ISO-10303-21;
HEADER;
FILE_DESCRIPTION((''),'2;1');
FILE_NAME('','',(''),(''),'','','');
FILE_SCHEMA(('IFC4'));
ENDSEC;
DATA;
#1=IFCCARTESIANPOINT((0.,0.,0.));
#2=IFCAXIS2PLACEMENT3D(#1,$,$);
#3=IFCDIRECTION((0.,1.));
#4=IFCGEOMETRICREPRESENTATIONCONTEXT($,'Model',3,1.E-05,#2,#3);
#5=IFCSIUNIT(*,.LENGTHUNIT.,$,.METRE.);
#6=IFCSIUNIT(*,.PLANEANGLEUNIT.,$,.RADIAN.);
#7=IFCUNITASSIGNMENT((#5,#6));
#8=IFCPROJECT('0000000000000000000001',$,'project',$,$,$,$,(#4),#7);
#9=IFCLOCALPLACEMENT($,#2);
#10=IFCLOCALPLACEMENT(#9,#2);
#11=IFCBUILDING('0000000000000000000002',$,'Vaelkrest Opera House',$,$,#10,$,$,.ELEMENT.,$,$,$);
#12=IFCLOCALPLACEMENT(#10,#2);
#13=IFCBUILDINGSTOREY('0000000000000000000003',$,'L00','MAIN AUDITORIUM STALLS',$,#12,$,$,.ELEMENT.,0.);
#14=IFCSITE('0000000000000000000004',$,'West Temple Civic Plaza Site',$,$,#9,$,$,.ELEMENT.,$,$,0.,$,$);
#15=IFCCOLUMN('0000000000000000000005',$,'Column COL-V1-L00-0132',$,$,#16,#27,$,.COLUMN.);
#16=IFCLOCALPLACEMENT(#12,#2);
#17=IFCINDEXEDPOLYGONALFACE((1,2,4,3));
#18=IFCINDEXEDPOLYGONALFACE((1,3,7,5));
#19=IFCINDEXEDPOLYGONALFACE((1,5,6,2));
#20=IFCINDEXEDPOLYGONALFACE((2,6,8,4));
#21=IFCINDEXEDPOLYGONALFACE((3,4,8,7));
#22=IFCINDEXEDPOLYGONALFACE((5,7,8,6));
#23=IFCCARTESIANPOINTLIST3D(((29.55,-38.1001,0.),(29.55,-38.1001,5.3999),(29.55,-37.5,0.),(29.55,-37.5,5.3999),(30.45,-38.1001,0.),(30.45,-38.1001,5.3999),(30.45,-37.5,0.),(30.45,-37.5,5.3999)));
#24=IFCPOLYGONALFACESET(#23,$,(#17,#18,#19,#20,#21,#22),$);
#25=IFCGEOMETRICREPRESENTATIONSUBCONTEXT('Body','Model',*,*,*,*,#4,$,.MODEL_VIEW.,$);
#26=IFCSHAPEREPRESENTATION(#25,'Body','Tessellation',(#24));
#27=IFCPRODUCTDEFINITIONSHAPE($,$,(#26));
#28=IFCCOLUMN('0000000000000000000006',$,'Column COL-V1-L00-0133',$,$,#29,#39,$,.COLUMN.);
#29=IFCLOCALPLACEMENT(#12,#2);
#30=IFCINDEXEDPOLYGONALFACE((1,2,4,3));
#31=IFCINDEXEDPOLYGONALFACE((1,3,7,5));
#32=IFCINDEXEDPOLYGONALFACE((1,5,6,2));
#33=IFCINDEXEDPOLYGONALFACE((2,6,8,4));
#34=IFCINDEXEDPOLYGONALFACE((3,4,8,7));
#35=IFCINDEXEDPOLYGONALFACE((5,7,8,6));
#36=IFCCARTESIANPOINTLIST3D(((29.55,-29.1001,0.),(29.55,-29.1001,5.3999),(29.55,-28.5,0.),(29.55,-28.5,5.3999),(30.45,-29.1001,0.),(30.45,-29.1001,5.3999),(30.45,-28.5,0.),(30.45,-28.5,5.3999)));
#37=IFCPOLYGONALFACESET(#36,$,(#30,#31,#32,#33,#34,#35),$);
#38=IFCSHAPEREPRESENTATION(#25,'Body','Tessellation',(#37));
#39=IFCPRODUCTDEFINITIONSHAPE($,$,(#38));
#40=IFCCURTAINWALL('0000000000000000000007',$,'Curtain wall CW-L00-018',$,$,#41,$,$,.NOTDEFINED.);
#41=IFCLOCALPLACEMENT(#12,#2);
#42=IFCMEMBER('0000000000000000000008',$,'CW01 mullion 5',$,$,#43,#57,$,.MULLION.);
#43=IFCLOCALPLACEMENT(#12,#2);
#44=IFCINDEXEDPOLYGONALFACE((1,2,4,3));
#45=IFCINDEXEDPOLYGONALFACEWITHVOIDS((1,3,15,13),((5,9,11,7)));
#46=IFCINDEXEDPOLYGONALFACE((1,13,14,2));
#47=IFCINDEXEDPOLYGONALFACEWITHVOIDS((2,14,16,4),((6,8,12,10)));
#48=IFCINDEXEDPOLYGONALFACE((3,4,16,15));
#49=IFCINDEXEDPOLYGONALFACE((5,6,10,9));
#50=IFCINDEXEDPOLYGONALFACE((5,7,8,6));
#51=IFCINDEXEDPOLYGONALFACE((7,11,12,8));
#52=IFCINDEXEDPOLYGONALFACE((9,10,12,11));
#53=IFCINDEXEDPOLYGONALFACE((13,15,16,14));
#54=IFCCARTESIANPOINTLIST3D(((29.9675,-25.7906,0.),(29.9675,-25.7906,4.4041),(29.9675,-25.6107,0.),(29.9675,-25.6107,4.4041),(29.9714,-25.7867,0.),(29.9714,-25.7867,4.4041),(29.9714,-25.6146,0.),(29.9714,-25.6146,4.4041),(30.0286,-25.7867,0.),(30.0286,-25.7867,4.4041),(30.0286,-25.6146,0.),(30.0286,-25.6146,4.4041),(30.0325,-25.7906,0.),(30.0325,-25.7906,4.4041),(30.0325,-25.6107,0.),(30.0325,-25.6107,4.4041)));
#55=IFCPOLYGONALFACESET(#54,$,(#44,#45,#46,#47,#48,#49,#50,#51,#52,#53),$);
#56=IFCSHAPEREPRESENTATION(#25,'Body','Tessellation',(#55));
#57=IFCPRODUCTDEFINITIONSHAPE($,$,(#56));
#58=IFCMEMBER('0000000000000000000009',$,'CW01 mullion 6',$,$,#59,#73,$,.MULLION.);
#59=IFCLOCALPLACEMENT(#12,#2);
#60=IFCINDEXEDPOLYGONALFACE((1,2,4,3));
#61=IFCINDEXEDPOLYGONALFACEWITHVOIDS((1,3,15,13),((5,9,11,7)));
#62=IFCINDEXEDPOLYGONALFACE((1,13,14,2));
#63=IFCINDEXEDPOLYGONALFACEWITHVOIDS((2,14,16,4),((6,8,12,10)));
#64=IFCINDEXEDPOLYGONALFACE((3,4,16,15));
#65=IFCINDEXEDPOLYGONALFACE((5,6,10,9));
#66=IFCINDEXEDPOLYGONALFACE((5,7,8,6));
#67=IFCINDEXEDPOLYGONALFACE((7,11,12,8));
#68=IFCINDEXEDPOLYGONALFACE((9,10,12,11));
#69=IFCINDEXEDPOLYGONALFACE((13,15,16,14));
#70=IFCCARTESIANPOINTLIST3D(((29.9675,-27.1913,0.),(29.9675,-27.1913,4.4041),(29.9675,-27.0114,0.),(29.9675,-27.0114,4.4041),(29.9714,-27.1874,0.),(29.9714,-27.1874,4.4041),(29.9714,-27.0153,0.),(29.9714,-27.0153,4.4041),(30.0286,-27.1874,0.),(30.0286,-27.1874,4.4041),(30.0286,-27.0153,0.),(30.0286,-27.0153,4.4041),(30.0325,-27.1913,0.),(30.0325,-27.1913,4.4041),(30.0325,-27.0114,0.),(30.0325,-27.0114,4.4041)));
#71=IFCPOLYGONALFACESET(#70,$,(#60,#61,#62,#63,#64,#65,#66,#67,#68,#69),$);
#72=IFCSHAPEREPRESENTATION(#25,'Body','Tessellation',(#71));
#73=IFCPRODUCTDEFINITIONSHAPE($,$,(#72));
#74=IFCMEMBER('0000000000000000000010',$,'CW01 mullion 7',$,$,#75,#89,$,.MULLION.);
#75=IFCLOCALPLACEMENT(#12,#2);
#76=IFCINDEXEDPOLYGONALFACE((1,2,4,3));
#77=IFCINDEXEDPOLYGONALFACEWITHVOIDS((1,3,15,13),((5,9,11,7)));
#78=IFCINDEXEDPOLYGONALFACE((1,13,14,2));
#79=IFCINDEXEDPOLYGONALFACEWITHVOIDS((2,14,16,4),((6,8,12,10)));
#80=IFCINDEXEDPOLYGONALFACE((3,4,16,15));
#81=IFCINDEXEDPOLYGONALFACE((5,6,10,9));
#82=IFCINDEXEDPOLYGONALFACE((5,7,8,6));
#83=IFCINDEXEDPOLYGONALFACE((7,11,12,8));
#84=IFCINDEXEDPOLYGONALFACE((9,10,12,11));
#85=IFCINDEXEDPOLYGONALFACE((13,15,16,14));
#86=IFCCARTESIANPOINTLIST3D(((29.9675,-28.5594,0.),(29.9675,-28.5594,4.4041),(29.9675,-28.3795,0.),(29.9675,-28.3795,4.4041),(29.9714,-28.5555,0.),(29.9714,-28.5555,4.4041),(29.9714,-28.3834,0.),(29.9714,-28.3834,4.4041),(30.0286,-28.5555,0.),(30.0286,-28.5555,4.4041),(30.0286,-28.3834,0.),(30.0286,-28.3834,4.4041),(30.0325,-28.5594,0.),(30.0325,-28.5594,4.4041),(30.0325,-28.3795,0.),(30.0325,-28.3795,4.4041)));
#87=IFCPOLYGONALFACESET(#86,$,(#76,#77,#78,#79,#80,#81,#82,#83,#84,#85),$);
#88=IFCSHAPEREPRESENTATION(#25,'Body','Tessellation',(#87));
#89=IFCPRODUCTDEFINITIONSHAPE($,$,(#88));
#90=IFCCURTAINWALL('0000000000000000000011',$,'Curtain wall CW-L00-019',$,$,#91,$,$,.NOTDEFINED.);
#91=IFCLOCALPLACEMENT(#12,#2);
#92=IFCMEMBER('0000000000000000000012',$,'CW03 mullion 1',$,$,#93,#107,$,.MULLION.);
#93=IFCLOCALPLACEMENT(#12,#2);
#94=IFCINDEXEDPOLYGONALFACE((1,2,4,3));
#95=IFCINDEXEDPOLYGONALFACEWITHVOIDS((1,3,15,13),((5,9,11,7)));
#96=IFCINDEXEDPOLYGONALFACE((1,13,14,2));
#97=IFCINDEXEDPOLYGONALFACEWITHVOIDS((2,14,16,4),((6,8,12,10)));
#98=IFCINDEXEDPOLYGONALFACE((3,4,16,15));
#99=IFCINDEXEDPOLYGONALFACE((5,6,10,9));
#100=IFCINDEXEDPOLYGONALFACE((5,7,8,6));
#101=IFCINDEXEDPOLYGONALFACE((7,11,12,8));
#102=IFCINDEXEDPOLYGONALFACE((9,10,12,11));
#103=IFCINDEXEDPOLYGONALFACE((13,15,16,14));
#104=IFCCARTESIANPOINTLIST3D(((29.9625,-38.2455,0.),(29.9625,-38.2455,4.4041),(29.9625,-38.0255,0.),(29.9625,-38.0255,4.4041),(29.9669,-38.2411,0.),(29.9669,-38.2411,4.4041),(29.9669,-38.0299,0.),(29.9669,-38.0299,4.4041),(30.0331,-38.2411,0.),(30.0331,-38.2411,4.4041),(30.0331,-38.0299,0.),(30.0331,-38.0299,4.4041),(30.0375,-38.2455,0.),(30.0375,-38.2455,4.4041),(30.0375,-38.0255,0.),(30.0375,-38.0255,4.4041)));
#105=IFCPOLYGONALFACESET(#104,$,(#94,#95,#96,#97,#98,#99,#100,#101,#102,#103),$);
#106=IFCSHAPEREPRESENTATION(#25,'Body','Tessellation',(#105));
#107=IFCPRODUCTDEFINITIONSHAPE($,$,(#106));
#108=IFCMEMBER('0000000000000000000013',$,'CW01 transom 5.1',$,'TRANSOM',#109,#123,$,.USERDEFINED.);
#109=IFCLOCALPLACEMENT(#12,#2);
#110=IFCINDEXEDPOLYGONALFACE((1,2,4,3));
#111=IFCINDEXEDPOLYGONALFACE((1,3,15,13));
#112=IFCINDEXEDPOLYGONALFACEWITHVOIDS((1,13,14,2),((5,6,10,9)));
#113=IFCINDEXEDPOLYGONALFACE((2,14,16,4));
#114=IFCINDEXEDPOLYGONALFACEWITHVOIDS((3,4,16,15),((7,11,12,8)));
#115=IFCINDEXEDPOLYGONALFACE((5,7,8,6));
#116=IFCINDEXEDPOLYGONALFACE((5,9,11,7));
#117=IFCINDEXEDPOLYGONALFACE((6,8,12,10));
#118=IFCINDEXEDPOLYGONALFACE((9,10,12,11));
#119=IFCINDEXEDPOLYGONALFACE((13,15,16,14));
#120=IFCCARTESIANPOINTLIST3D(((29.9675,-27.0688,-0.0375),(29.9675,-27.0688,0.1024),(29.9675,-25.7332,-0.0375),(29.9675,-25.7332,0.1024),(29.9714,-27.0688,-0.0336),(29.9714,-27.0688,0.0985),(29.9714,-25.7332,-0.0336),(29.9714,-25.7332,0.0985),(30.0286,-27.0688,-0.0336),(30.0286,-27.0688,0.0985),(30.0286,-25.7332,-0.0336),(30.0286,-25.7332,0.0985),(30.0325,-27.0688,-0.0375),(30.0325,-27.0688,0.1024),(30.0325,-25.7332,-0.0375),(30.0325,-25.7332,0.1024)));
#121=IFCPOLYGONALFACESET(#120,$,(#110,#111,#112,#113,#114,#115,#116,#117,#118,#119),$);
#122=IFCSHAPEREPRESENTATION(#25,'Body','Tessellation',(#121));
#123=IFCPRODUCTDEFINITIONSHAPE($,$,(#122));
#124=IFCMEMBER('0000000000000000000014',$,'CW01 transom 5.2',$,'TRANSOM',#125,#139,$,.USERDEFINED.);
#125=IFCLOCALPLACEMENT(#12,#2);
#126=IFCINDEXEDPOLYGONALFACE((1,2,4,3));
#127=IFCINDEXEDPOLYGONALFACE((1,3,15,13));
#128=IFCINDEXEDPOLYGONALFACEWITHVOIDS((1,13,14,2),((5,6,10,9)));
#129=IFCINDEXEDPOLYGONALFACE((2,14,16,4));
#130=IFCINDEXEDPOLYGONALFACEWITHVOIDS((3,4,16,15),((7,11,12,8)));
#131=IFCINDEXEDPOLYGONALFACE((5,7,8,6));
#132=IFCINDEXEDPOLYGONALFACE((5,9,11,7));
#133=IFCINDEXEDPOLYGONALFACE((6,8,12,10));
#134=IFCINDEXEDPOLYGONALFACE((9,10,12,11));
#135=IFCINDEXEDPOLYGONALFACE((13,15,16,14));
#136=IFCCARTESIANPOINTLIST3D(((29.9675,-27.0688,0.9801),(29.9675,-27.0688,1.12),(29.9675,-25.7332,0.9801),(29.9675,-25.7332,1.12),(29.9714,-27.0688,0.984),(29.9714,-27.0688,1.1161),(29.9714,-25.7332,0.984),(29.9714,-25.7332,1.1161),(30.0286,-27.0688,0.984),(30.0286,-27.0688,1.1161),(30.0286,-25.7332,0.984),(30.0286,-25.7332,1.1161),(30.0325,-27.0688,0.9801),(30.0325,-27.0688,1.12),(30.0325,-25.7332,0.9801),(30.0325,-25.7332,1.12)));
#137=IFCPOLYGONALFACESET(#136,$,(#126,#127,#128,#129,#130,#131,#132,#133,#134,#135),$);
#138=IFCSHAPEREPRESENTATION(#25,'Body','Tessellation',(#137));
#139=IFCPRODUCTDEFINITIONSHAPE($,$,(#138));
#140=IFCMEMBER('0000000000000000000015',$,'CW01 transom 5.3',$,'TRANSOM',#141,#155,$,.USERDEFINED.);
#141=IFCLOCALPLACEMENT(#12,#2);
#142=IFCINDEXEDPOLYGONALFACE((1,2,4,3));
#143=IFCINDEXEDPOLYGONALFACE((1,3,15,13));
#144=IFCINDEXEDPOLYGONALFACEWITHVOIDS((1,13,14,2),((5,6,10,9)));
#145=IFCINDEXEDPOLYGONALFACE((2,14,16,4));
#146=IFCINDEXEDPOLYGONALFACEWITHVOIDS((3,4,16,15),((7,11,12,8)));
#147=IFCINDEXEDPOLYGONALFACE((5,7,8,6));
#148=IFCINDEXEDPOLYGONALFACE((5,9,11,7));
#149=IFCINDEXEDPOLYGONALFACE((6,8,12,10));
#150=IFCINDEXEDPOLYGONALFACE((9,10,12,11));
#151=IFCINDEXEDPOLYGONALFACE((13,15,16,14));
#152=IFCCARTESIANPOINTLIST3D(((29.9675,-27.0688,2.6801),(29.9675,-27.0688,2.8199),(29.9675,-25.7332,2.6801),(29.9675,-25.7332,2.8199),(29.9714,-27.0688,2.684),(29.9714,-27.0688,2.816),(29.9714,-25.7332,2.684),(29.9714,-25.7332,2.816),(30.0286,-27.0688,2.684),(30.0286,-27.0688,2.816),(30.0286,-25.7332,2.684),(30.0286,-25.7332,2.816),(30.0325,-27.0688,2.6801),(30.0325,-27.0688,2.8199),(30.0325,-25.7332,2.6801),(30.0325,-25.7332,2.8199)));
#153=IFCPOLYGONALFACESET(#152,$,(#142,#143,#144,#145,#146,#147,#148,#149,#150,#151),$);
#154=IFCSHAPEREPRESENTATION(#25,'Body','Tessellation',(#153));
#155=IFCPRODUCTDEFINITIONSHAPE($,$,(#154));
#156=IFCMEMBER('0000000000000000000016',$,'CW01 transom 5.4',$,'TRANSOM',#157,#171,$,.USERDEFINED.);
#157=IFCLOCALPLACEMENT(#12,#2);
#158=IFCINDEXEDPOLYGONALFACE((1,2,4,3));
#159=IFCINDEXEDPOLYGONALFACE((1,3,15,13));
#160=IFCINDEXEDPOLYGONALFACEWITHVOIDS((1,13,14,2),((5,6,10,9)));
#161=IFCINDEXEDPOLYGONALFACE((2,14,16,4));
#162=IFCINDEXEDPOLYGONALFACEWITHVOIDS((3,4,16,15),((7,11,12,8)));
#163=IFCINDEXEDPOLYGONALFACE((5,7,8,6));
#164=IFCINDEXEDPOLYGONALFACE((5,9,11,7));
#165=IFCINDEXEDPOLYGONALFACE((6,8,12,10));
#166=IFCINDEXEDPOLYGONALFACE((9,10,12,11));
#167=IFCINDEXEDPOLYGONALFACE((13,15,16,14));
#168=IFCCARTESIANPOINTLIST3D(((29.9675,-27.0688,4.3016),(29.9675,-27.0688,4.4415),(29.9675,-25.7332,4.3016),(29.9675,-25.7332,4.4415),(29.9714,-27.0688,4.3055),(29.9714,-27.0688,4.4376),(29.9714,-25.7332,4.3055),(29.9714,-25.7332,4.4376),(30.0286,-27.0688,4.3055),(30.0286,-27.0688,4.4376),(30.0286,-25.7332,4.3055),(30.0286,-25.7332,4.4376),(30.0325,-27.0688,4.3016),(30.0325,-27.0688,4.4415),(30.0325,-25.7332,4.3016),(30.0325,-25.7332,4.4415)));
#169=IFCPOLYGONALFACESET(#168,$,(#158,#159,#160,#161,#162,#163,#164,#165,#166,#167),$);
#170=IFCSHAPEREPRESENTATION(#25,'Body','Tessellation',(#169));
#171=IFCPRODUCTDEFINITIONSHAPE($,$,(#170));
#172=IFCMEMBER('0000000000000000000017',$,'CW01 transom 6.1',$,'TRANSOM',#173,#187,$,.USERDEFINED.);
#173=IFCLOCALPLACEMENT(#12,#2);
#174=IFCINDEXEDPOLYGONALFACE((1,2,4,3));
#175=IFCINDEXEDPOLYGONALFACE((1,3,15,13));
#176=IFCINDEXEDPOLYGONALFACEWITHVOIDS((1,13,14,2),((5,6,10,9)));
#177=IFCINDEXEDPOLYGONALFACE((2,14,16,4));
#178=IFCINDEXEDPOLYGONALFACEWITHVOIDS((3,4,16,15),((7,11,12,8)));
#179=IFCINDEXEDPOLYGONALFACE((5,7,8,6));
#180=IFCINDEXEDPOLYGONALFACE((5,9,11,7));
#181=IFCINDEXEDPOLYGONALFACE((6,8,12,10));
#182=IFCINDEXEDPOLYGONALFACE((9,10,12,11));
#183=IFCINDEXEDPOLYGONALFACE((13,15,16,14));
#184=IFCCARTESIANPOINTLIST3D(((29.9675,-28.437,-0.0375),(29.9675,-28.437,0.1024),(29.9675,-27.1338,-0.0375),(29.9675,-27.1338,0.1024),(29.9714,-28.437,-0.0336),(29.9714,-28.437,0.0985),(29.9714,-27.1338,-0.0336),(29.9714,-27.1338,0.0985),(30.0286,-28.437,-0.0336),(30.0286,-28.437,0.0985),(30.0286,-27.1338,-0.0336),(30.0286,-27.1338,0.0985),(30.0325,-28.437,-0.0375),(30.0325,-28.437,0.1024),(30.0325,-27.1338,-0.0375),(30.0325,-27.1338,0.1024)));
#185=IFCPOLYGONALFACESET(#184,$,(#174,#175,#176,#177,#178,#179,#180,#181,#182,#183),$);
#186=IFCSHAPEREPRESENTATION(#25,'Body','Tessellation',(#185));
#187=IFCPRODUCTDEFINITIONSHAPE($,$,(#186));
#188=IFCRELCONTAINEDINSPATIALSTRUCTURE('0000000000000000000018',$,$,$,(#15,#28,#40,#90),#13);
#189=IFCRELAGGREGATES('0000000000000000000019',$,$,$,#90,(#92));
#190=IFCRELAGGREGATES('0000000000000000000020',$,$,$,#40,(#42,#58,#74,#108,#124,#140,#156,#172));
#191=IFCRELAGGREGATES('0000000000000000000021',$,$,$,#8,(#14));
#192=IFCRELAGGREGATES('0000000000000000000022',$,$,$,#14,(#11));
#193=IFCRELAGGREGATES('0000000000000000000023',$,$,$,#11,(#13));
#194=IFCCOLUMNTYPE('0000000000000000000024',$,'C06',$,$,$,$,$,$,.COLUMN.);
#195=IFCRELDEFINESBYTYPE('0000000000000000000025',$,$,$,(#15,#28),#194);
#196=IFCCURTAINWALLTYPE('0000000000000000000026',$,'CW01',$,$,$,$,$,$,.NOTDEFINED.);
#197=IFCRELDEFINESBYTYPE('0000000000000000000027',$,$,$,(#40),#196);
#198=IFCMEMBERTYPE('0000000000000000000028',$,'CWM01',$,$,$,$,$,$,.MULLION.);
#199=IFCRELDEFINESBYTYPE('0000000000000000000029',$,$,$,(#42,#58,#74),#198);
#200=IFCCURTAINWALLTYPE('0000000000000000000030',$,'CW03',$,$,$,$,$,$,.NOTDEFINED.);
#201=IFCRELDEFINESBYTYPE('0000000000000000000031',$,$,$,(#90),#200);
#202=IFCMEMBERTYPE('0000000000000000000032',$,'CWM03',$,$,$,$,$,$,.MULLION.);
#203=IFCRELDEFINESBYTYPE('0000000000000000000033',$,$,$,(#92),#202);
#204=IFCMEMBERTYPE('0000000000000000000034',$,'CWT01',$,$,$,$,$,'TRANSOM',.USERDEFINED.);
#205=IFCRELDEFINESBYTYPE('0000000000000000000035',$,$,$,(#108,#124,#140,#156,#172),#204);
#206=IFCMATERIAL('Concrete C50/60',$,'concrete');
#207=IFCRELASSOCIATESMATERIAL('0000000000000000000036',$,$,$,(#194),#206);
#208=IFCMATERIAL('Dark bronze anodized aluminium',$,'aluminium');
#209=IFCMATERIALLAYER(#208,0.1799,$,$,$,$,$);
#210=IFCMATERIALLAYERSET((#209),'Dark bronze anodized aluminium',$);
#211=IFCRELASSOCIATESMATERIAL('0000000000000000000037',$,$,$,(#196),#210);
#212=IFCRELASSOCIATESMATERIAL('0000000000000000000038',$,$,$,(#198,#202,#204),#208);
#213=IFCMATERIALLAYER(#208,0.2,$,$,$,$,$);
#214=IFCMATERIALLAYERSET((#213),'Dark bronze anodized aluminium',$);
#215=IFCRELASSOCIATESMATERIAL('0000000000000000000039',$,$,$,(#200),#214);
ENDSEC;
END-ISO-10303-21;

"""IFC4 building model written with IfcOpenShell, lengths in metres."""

from ifc_helpers import new_model, si_unit, direction, frame, origin, origin_2d, place, context, subcontext, project, spatial, rectangle, hollow_rectangle, extrude, material, layer, layer_set, material_profile, profile_set, type_object, element, aggregate, save


model = new_model("IFC4")

# Units and contexts
model_context = context("Model", 3, precision=1e-05, world=origin(), true_north=direction((0.0, 1.0)))
body_context = subcontext(model_context, "Body", "Model", "MODEL_VIEW")
ifc_project = project(units=[si_unit("LENGTHUNIT", "METRE"), si_unit("PLANEANGLEUNIT", "RADIAN")], contexts=[model_context])

# Site, building, storey
site_placement = place(None, origin())
site = spatial("IfcSite", under=ifc_project, at=site_placement, Name="West Temple Civic Plaza Site", CompositionType="ELEMENT", RefElevation=0.0)
building_placement = place(site_placement, origin())
building = spatial("IfcBuilding", under=site, at=building_placement, Name="Vaelkrest Opera House", CompositionType="ELEMENT")
storey_placement = place(building_placement, origin())
storey = spatial("IfcBuildingStorey", under=building, at=storey_placement, Name="L00", Description="MAIN AUDITORIUM STALLS", CompositionType="ELEMENT", Elevation=0.0)

# Columns
ifc_material_1 = material(Name="Concrete C50/60", Category="concrete")
ifc_material_profile_1 = material_profile(ifc_material_1, rectangle(XDim=0.6001, YDim=0.8999, at=origin_2d()), Name="RC600X900")
ifc_profile_set_1 = profile_set([ifc_material_profile_1], Name="Concrete C50/60")
column_type = type_object("IfcColumnType", Name="C06", PredefinedType="COLUMN", material=ifc_profile_set_1)
for number, where, z_axis, x_axis, name in (
    (1, (30.0, -37.8, 0.0), (0.0, 0.0, 1.0), (0.0, 1.0, 0.0), "Column COL-V1-L00-0132"),
    (2, (30.0, -28.8, 0.0), (0.0, 0.0, 1.0), (0.0, 1.0, 0.0), "Column COL-V1-L00-0133"),
):
    element("IfcColumn", number, at=place(storey_placement, frame(where, z_axis=z_axis, x_axis=x_axis)), inside=storey, type_object=column_type, Name=name, PredefinedType="COLUMN", context=body_context, shape_type="SweptSolid", body=[
        extrude(rectangle(XDim=0.6001, YDim=0.8999, at=origin_2d()), origin(), (0.0, 0.0, 1.0), 5.3999),
    ])

# Curtain wall, members
ifc_material_2 = material(Name="Dark bronze anodized aluminium", Category="aluminium")
ifc_layer_1 = layer(ifc_material_2, 0.1799)
ifc_layer_set_1 = layer_set([ifc_layer_1], Name="Dark bronze anodized aluminium")
curtain_wall_type_1 = type_object("IfcCurtainWallType", Name="CW01", PredefinedType="NOTDEFINED", material=ifc_layer_set_1)
curtain_wall_1_placement = place(storey_placement, origin())
curtain_wall_1 = element("IfcCurtainWall", 3, at=curtain_wall_1_placement, inside=storey, type_object=curtain_wall_type_1, Name="Curtain wall CW-L00-018", PredefinedType="NOTDEFINED")
ifc_material_profile_2 = material_profile(ifc_material_2, hollow_rectangle(XDim=0.0649, YDim=0.1799, WallThickness=0.0039, at=origin_2d()), Name="CWM65X180")
ifc_profile_set_2 = profile_set([ifc_material_profile_2], Name="Dark bronze anodized aluminium")
member_type_1 = type_object("IfcMemberType", Name="CWM01", PredefinedType="MULLION", material=ifc_profile_set_2)
member_1_placement = place(storey_placement, frame((30.0, -25.7007, 0.0), z_axis=(0.0, 0.0, 1.0), x_axis=(1.0, 0.0, 0.0)))
member_1 = element("IfcMember", 4, at=member_1_placement, type_object=member_type_1, Name="CW01 mullion 5", PredefinedType="MULLION", context=body_context, shape_type="SweptSolid", body=[
    extrude(hollow_rectangle(XDim=0.0649, YDim=0.1799, WallThickness=0.0039, at=origin_2d()), origin(), (0.0, 0.0, 1.0), 4.4041),
])
member_2_placement = place(storey_placement, frame((30.0, -27.1013, 0.0), z_axis=(0.0, 0.0, 1.0), x_axis=(1.0, 0.0, 0.0)))
member_2 = element("IfcMember", 5, at=member_2_placement, type_object=member_type_1, Name="CW01 mullion 6", PredefinedType="MULLION", context=body_context, shape_type="SweptSolid", body=[
    extrude(hollow_rectangle(XDim=0.0649, YDim=0.1799, WallThickness=0.0039, at=origin_2d()), origin(), (0.0, 0.0, 1.0), 4.4041),
])
member_3_placement = place(storey_placement, frame((30.0, -28.4695, 0.0), z_axis=(0.0, 0.0, 1.0), x_axis=(1.0, 0.0, 0.0)))
member_3 = element("IfcMember", 6, at=member_3_placement, type_object=member_type_1, Name="CW01 mullion 7", PredefinedType="MULLION", context=body_context, shape_type="SweptSolid", body=[
    extrude(hollow_rectangle(XDim=0.0649, YDim=0.1799, WallThickness=0.0039, at=origin_2d()), origin(), (0.0, 0.0, 1.0), 4.4041),
])

# Curtain wall, member
ifc_layer_2 = layer(ifc_material_2, 0.2)
ifc_layer_set_2 = layer_set([ifc_layer_2], Name="Dark bronze anodized aluminium")
curtain_wall_type_2 = type_object("IfcCurtainWallType", Name="CW03", PredefinedType="NOTDEFINED", material=ifc_layer_set_2)
curtain_wall_2_placement = place(storey_placement, origin())
curtain_wall_2 = element("IfcCurtainWall", 7, at=curtain_wall_2_placement, inside=storey, type_object=curtain_wall_type_2, Name="Curtain wall CW-L00-019", PredefinedType="NOTDEFINED")
ifc_material_profile_3 = material_profile(ifc_material_2, hollow_rectangle(XDim=0.075, YDim=0.22, WallThickness=0.0044, at=origin_2d()), Name="CWM75X220")
ifc_profile_set_3 = profile_set([ifc_material_profile_3], Name="Dark bronze anodized aluminium")
member_type_2 = type_object("IfcMemberType", Name="CWM03", PredefinedType="MULLION", material=ifc_profile_set_3)
member_4_placement = place(storey_placement, frame((30.0, -38.1355, 0.0), z_axis=(0.0, 0.0, 1.0), x_axis=(1.0, 0.0, 0.0)))
member_4 = element("IfcMember", 8, at=member_4_placement, type_object=member_type_2, Name="CW03 mullion 1", PredefinedType="MULLION", context=body_context, shape_type="SweptSolid", body=[
    extrude(hollow_rectangle(XDim=0.075, YDim=0.22, WallThickness=0.0044, at=origin_2d()), origin(), (0.0, 0.0, 1.0), 4.4041),
])

# Members
ifc_material_profile_4 = material_profile(ifc_material_2, hollow_rectangle(XDim=0.0649, YDim=0.1399, WallThickness=0.0039, at=origin_2d()), Name="CWT65X140")
ifc_profile_set_4 = profile_set([ifc_material_profile_4], Name="Dark bronze anodized aluminium")
member_type_3 = type_object("IfcMemberType", Name="CWT01", ElementType="TRANSOM", PredefinedType="USERDEFINED", material=ifc_profile_set_4)
member_5_placement = place(storey_placement, frame((30.0, -25.7332, 0.0325), z_axis=(0.0, -1.0, 0.0), x_axis=(1.0, 0.0, 0.0)))
member_5 = element("IfcMember", 9, at=member_5_placement, type_object=member_type_3, Name="CW01 transom 5.1", ObjectType="TRANSOM", PredefinedType="USERDEFINED", context=body_context, shape_type="SweptSolid", body=[
    extrude(hollow_rectangle(XDim=0.0649, YDim=0.1399, WallThickness=0.0039, at=origin_2d()), origin(), (0.0, 0.0, 1.0), 1.3357),
])
member_6_placement = place(storey_placement, frame((30.0, -25.7332, 1.05), z_axis=(0.0, -1.0, 0.0), x_axis=(1.0, 0.0, 0.0)))
member_6 = element("IfcMember", 10, at=member_6_placement, type_object=member_type_3, Name="CW01 transom 5.2", ObjectType="TRANSOM", PredefinedType="USERDEFINED", context=body_context, shape_type="SweptSolid", body=[
    extrude(hollow_rectangle(XDim=0.0649, YDim=0.1399, WallThickness=0.0039, at=origin_2d()), origin(), (0.0, 0.0, 1.0), 1.3357),
])
member_7_placement = place(storey_placement, frame((30.0, -25.7332, 2.75), z_axis=(0.0, -1.0, 0.0), x_axis=(1.0, 0.0, 0.0)))
member_7 = element("IfcMember", 11, at=member_7_placement, type_object=member_type_3, Name="CW01 transom 5.3", ObjectType="TRANSOM", PredefinedType="USERDEFINED", context=body_context, shape_type="SweptSolid", body=[
    extrude(hollow_rectangle(XDim=0.0649, YDim=0.1399, WallThickness=0.0039, at=origin_2d()), origin(), (0.0, 0.0, 1.0), 1.3357),
])
member_8_placement = place(storey_placement, frame((30.0, -25.7332, 4.3716), z_axis=(0.0, -1.0, 0.0), x_axis=(1.0, 0.0, 0.0)))
member_8 = element("IfcMember", 12, at=member_8_placement, type_object=member_type_3, Name="CW01 transom 5.4", ObjectType="TRANSOM", PredefinedType="USERDEFINED", context=body_context, shape_type="SweptSolid", body=[
    extrude(hollow_rectangle(XDim=0.0649, YDim=0.1399, WallThickness=0.0039, at=origin_2d()), origin(), (0.0, 0.0, 1.0), 1.3357),
])
member_9_placement = place(storey_placement, frame((30.0, -27.1338, 0.0325), z_axis=(0.0, -1.0, 0.0), x_axis=(1.0, 0.0, 0.0)))
member_9 = element("IfcMember", 13, at=member_9_placement, type_object=member_type_3, Name="CW01 transom 6.1", ObjectType="TRANSOM", PredefinedType="USERDEFINED", context=body_context, shape_type="SweptSolid", body=[
    extrude(hollow_rectangle(XDim=0.0649, YDim=0.1399, WallThickness=0.0039, at=origin_2d()), origin(), (0.0, 0.0, 1.0), 1.3032),
])
aggregate(curtain_wall_2, [member_4])

aggregate(curtain_wall_1, [member_1, member_2, member_3, member_5, member_6, member_7, member_8, member_9])

save(model, "model.ifc")
